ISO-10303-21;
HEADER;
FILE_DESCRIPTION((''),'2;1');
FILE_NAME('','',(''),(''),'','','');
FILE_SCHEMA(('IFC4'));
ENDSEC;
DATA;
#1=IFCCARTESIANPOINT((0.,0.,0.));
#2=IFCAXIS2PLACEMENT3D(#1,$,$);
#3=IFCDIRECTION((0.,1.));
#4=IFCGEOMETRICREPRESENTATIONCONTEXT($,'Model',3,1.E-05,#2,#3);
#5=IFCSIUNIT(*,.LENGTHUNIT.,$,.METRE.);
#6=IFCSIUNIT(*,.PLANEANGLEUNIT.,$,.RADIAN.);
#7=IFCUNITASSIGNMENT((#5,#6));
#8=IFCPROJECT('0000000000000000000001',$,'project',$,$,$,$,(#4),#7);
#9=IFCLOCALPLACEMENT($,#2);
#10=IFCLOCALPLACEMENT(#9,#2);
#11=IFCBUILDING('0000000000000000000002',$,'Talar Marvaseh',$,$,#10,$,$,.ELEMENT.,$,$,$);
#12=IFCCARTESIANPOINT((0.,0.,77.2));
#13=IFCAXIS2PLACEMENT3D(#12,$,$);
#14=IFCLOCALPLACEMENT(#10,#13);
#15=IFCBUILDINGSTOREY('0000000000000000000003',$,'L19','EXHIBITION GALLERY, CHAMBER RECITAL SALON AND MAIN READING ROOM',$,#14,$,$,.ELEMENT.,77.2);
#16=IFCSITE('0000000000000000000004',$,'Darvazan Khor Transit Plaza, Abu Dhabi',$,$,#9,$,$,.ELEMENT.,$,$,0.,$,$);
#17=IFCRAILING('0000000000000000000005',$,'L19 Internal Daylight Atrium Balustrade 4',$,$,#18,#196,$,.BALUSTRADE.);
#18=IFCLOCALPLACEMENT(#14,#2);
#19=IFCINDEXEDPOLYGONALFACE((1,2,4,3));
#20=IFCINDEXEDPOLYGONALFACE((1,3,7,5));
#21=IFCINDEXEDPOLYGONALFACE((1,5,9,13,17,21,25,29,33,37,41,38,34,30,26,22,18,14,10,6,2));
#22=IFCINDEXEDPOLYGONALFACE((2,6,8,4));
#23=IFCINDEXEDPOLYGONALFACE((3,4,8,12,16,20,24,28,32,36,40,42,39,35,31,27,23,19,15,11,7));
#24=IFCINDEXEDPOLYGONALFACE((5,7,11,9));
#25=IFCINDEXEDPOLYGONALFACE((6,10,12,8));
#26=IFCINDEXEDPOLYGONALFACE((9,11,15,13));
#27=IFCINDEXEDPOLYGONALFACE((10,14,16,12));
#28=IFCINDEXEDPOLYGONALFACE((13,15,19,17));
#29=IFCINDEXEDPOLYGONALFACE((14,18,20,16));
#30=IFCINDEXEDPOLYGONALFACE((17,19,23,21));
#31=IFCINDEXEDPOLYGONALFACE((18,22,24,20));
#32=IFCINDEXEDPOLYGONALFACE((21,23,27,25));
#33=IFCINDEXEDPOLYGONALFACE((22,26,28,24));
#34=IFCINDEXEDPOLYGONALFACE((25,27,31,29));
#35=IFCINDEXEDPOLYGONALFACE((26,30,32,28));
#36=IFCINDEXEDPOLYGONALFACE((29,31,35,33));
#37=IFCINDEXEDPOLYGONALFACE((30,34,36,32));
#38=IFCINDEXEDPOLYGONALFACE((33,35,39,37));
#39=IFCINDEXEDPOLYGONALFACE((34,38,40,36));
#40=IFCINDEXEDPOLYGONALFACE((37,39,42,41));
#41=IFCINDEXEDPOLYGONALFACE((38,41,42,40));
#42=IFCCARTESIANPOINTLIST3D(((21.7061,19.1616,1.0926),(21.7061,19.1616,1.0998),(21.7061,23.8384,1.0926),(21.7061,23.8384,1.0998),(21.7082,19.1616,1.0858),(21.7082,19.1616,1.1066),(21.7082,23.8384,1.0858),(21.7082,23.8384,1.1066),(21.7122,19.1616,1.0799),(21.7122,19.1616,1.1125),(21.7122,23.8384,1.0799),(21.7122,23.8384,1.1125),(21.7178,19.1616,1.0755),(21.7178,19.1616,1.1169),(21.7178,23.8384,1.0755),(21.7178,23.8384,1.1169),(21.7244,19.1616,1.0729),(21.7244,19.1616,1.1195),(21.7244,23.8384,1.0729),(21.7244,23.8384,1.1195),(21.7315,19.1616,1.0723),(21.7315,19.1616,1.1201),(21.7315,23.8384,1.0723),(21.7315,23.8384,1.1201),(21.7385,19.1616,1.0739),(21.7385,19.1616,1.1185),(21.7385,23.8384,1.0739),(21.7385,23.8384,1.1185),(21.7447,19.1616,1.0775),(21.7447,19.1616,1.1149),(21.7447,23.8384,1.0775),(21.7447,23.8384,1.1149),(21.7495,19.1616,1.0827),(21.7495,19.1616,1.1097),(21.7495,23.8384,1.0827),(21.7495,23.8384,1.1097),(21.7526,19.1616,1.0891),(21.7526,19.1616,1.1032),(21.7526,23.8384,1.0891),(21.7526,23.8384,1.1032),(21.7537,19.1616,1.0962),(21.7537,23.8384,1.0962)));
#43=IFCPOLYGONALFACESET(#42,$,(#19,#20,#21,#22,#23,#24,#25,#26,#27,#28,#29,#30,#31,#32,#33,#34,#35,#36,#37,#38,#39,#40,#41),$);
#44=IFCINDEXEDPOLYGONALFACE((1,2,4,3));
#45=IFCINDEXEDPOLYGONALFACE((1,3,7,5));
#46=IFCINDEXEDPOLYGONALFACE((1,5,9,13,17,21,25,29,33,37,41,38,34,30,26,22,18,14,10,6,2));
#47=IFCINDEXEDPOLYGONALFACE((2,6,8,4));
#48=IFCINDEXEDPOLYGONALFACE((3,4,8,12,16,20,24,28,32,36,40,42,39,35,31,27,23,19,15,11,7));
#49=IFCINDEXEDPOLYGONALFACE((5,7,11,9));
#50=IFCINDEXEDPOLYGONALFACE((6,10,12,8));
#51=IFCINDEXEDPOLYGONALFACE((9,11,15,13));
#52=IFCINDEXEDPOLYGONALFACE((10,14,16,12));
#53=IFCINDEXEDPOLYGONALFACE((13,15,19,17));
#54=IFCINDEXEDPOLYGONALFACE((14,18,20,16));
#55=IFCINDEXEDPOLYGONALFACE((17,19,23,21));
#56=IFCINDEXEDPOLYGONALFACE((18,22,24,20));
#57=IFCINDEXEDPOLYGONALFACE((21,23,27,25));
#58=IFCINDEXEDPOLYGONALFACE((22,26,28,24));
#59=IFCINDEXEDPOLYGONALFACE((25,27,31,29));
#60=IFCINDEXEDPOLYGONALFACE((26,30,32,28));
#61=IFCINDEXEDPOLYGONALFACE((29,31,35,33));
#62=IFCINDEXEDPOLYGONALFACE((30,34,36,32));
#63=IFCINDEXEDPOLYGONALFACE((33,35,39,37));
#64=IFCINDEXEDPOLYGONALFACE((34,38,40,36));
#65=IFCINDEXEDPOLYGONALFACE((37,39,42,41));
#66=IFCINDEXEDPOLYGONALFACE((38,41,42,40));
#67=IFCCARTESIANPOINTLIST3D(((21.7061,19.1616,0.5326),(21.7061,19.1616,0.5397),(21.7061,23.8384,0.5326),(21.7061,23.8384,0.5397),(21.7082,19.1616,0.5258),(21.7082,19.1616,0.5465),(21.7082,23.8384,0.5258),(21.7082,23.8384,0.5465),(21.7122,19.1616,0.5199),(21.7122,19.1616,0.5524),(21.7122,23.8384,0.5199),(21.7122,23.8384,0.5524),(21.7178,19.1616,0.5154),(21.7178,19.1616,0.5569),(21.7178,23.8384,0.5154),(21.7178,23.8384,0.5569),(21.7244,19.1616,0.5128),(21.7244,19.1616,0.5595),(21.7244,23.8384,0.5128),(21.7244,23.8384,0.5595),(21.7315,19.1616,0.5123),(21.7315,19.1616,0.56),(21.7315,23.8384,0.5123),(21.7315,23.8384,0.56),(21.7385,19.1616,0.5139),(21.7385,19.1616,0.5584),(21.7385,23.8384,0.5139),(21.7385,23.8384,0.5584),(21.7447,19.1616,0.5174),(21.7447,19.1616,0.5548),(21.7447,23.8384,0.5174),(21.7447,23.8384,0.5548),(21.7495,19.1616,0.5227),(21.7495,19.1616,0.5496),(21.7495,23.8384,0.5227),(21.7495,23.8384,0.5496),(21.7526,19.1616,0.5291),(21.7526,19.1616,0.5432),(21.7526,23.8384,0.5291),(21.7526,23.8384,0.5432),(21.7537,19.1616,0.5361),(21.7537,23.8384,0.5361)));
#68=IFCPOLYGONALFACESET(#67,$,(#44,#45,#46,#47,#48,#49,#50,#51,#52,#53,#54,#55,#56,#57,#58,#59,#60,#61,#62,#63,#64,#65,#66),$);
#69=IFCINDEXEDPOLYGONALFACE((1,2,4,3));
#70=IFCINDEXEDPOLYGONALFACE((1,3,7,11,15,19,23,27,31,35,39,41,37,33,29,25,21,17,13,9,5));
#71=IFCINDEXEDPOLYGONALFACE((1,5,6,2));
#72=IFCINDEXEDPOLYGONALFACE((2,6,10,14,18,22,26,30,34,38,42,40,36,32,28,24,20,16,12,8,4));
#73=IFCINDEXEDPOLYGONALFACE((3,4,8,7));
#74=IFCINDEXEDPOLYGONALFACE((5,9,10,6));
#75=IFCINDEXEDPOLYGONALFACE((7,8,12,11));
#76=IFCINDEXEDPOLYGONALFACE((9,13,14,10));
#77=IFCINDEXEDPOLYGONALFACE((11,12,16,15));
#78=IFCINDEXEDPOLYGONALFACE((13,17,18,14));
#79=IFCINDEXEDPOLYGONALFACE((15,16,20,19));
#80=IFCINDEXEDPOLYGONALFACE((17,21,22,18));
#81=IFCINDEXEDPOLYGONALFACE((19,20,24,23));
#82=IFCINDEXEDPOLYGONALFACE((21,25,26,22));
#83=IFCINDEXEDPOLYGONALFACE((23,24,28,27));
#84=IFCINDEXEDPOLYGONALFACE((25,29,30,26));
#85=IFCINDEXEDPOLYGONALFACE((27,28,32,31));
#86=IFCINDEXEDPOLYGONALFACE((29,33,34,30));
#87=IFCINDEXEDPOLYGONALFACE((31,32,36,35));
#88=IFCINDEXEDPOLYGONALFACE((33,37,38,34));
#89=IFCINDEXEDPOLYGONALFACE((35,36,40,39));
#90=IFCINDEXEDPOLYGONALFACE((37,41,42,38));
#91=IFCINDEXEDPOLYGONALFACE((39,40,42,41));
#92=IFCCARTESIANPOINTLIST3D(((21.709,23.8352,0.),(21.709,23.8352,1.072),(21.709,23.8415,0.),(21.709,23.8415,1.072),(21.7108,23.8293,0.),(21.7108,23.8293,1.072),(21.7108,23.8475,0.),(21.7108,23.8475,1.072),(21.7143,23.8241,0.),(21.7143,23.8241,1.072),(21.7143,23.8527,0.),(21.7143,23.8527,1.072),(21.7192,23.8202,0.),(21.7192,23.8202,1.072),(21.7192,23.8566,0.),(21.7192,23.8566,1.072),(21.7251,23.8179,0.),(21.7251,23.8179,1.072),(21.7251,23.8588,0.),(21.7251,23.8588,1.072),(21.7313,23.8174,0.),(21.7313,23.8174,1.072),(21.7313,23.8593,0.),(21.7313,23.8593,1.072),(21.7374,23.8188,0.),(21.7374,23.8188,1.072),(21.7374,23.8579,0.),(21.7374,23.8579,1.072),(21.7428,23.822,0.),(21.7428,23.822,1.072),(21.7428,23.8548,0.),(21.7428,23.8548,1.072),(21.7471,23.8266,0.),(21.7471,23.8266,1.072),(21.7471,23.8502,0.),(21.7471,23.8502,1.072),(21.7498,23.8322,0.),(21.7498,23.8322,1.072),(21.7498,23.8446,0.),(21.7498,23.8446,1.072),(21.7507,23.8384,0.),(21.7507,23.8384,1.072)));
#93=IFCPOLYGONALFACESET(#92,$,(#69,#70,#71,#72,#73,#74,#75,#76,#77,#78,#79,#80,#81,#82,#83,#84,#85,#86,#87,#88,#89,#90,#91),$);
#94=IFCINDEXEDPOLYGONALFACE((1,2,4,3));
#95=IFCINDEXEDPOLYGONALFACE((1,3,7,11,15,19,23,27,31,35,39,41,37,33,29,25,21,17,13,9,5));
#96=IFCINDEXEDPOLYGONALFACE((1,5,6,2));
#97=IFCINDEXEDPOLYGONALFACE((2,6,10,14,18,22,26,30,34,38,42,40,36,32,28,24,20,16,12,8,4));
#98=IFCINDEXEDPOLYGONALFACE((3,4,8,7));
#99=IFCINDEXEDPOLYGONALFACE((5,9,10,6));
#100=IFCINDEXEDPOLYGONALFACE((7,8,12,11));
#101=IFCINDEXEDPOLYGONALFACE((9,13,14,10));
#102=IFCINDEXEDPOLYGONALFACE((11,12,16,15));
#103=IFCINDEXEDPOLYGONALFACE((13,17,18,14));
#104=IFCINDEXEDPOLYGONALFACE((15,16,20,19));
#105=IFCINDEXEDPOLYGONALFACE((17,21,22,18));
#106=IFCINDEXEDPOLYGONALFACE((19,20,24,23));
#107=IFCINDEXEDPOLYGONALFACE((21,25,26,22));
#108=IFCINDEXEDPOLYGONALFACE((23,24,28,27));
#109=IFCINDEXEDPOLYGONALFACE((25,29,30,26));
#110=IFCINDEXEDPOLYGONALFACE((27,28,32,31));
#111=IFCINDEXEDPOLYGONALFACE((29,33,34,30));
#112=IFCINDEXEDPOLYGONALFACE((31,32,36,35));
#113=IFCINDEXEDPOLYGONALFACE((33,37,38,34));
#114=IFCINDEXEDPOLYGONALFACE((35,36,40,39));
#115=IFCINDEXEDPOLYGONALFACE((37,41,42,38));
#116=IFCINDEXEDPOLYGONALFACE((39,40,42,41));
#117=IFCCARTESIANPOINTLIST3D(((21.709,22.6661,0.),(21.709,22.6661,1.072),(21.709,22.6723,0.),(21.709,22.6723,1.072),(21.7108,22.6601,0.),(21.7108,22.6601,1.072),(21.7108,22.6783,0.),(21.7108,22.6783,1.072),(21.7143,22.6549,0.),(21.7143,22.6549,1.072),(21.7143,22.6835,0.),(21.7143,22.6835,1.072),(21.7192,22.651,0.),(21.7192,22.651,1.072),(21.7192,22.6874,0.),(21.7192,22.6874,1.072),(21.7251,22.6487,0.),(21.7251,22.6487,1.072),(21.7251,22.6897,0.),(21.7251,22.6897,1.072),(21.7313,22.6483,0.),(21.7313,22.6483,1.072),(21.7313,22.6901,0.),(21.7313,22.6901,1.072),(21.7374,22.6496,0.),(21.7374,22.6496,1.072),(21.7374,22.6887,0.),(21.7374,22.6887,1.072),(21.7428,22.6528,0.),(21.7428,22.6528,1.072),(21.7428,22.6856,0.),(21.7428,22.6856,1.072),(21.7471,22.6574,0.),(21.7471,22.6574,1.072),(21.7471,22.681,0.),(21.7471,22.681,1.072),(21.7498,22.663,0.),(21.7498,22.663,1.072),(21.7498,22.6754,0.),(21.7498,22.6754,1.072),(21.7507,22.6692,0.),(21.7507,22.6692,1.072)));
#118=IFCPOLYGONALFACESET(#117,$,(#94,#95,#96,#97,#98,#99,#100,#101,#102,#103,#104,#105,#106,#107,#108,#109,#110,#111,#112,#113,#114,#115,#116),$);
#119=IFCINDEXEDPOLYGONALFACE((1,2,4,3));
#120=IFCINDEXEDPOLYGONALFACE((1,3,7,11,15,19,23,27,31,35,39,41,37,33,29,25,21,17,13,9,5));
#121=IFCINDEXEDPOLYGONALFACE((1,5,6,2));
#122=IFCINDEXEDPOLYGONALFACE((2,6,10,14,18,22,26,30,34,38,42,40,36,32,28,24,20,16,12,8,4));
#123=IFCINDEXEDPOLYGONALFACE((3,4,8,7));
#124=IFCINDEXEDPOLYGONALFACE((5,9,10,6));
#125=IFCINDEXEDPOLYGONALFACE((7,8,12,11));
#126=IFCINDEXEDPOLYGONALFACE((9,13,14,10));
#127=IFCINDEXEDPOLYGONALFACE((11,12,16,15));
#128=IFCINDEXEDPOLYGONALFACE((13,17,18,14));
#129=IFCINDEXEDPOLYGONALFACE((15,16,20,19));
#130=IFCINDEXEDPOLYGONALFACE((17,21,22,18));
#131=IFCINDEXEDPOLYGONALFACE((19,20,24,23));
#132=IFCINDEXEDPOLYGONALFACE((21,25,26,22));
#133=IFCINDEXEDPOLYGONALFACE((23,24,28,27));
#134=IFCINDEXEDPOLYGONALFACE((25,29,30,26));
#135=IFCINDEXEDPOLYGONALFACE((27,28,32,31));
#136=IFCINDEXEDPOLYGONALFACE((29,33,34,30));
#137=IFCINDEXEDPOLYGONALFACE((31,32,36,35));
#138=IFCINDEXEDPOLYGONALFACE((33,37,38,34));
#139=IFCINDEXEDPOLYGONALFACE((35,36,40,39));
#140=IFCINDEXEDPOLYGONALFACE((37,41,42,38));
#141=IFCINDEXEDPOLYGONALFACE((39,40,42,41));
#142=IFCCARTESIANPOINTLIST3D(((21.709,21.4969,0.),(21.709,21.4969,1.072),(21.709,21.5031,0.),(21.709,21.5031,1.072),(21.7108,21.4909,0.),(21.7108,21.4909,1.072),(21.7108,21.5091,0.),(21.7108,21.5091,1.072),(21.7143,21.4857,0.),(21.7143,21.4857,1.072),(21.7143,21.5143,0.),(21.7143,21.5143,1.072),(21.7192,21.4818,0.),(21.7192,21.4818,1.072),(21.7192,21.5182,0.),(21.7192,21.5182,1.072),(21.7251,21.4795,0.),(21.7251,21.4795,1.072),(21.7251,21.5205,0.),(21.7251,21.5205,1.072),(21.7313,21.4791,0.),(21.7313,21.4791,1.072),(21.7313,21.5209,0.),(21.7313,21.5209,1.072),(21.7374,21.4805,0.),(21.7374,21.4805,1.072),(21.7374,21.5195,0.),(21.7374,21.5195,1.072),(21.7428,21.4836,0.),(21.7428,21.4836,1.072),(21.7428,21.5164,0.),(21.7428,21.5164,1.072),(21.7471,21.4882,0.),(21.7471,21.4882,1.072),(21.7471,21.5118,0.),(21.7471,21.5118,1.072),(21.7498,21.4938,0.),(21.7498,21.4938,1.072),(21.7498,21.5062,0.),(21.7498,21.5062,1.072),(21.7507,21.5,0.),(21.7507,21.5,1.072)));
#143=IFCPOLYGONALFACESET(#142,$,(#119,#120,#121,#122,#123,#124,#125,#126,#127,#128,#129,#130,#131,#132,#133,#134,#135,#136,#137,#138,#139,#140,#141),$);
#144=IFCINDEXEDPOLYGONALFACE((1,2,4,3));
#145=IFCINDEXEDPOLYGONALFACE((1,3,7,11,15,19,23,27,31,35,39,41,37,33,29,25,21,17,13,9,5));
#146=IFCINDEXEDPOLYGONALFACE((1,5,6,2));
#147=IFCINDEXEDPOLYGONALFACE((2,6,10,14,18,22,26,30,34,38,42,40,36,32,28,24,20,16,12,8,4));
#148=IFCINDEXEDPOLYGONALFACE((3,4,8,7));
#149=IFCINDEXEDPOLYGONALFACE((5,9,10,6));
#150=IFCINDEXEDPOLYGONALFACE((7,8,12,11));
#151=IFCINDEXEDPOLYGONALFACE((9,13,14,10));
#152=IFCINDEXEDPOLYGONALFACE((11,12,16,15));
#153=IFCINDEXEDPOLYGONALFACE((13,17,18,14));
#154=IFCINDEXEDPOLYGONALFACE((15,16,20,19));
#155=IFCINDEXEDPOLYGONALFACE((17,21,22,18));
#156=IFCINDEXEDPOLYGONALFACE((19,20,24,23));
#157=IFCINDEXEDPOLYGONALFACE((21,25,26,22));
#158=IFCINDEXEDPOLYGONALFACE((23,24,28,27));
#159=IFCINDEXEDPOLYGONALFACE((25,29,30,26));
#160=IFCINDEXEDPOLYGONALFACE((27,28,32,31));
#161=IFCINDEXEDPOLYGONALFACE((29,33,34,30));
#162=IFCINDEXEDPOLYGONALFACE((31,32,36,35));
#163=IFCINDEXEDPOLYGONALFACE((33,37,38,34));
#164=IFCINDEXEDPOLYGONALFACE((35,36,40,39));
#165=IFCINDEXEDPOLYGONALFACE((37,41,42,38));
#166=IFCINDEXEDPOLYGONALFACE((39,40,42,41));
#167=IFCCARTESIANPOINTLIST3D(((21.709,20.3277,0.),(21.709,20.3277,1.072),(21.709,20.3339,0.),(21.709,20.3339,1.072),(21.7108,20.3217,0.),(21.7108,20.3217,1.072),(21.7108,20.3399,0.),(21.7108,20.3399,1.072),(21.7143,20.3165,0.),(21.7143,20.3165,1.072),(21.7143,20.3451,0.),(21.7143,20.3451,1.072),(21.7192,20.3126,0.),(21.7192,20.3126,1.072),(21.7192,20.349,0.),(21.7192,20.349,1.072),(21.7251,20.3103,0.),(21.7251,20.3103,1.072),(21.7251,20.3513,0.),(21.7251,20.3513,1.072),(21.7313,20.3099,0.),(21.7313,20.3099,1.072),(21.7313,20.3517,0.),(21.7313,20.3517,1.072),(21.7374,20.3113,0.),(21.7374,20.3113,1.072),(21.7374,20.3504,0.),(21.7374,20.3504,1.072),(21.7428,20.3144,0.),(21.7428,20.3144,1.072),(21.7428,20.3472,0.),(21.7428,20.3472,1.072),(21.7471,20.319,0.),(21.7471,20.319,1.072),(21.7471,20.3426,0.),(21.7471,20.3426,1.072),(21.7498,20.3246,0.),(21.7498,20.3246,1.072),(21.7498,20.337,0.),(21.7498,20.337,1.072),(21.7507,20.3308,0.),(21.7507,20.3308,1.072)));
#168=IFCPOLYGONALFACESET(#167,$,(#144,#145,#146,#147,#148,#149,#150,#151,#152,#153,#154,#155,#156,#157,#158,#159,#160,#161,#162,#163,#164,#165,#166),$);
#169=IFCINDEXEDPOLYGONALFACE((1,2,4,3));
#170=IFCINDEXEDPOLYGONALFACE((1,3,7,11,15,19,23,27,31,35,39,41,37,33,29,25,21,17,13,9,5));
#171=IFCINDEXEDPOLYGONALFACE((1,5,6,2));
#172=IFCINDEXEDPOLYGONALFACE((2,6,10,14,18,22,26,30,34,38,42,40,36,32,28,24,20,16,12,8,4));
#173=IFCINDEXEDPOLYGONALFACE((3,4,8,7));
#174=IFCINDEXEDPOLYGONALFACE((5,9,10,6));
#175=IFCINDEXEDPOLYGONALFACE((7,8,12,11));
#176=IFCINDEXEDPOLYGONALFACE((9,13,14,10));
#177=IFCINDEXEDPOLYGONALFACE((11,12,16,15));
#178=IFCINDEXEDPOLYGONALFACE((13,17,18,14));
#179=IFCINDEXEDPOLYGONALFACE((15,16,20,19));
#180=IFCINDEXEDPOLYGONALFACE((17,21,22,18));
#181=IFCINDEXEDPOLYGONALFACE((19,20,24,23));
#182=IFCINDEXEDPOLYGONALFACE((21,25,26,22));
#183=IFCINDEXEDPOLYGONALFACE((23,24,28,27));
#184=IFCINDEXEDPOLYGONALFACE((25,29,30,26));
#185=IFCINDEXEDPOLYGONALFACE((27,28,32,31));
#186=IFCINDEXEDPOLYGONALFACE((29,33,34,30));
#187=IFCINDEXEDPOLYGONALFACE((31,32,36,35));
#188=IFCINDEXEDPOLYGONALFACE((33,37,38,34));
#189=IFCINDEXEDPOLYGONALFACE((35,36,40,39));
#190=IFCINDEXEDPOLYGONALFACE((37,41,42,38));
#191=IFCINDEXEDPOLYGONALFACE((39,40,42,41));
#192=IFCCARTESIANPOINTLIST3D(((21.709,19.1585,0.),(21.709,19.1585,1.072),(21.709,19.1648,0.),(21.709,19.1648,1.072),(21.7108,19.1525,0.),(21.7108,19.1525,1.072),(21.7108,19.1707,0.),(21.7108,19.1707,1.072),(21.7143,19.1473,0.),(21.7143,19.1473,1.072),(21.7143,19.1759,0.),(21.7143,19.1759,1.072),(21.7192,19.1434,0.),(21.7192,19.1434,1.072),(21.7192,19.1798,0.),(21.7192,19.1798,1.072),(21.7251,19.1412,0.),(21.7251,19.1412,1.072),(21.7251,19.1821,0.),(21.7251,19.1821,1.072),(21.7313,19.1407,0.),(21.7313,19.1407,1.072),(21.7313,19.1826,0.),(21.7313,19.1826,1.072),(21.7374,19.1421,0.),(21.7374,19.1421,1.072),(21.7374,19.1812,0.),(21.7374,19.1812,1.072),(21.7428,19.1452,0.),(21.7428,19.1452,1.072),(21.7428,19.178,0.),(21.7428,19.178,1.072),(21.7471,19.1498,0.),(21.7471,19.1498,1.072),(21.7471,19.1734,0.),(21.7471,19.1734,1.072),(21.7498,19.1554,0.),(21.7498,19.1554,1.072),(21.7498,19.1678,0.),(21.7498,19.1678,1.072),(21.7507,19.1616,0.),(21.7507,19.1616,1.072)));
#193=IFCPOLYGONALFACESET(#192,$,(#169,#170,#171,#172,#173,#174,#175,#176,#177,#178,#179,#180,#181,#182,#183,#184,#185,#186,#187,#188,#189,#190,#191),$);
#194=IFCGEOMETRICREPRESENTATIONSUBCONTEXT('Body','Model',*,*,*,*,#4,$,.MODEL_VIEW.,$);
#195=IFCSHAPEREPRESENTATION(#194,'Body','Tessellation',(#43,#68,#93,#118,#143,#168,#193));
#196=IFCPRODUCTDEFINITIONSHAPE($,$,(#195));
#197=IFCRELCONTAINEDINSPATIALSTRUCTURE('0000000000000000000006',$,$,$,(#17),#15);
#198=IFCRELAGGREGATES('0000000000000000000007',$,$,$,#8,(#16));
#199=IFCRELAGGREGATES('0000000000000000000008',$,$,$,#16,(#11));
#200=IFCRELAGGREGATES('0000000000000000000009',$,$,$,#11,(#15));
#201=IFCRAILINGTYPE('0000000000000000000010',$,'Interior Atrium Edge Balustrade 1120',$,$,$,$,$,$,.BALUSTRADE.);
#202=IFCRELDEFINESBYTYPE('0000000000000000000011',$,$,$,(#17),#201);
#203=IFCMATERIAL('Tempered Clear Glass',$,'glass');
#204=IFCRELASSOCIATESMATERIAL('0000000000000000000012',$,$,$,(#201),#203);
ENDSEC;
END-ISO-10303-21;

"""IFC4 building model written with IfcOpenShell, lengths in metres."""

from ifc_helpers import new_model, si_unit, direction, frame, origin, origin_2d, place, context, subcontext, project, spatial, circle, extrude, material, type_object, element, save


model = new_model("IFC4")

# Units and contexts
model_context = context("Model", 3, precision=1e-05, world=origin(), true_north=direction((0.0, 1.0)))
body_context = subcontext(model_context, "Body", "Model", "MODEL_VIEW")
ifc_project = project(units=[si_unit("LENGTHUNIT", "METRE"), si_unit("PLANEANGLEUNIT", "RADIAN")], contexts=[model_context])

# Site, building, storey
site_placement = place(None, origin())
site = spatial("IfcSite", under=ifc_project, at=site_placement, Name="Darvazan Khor Transit Plaza, Abu Dhabi", CompositionType="ELEMENT", RefElevation=0.0)
building_placement = place(site_placement, origin())
building = spatial("IfcBuilding", under=site, at=building_placement, Name="Talar Marvaseh", CompositionType="ELEMENT")
storey_placement = place(building_placement, frame((0.0, 0.0, 77.2)))
storey = spatial("IfcBuildingStorey", under=building, at=storey_placement, Name="L19", Description="EXHIBITION GALLERY, CHAMBER RECITAL SALON AND MAIN READING ROOM", CompositionType="ELEMENT", Elevation=77.2)

# Railing
ifc_material_1 = material(Name="Tempered Clear Glass", Category="glass")
railing_type_1 = type_object("IfcRailingType", Name="Interior Atrium Edge Balustrade 1120", PredefinedType="BALUSTRADE", material=ifc_material_1)
railing_1_placement = place(storey_placement, frame((21.7297, 23.8384, 0.0)))
element("IfcRailing", 1, at=railing_1_placement, inside=storey, type_object=railing_type_1, Name="L19 Internal Daylight Atrium Balustrade 4", PredefinedType="BALUSTRADE", context=body_context, shape_type="SweptSolid", body=[
    extrude(circle(Radius=0.0239, at=origin_2d()), frame((0.0, 0.0, 1.0962), z_axis=(0.0, -1.0, 0.0), x_axis=(1.0, 0.0, 0.0)), (0.0, 0.0, 1.0), 4.6768),
    extrude(circle(Radius=0.0239, at=origin_2d()), frame((0.0, 0.0, 0.5361), z_axis=(0.0, -1.0, 0.0), x_axis=(1.0, 0.0, 0.0)), (0.0, 0.0, 1.0), 4.6768),
    extrude(circle(Radius=0.021, at=origin_2d()), origin(), (0.0, 0.0, 1.0), 1.072),
    extrude(circle(Radius=0.021, at=origin_2d()), frame((0.0, -1.1692, 0.0)), (0.0, 0.0, 1.0), 1.072),
    extrude(circle(Radius=0.021, at=origin_2d()), frame((0.0, -2.3384, 0.0)), (0.0, 0.0, 1.0), 1.072),
    extrude(circle(Radius=0.021, at=origin_2d()), frame((0.0, -3.5076, 0.0)), (0.0, 0.0, 1.0), 1.072),
    extrude(circle(Radius=0.021, at=origin_2d()), frame((0.0, -4.6768, 0.0)), (0.0, 0.0, 1.0), 1.072),
])

save(model, "model.ifc")
